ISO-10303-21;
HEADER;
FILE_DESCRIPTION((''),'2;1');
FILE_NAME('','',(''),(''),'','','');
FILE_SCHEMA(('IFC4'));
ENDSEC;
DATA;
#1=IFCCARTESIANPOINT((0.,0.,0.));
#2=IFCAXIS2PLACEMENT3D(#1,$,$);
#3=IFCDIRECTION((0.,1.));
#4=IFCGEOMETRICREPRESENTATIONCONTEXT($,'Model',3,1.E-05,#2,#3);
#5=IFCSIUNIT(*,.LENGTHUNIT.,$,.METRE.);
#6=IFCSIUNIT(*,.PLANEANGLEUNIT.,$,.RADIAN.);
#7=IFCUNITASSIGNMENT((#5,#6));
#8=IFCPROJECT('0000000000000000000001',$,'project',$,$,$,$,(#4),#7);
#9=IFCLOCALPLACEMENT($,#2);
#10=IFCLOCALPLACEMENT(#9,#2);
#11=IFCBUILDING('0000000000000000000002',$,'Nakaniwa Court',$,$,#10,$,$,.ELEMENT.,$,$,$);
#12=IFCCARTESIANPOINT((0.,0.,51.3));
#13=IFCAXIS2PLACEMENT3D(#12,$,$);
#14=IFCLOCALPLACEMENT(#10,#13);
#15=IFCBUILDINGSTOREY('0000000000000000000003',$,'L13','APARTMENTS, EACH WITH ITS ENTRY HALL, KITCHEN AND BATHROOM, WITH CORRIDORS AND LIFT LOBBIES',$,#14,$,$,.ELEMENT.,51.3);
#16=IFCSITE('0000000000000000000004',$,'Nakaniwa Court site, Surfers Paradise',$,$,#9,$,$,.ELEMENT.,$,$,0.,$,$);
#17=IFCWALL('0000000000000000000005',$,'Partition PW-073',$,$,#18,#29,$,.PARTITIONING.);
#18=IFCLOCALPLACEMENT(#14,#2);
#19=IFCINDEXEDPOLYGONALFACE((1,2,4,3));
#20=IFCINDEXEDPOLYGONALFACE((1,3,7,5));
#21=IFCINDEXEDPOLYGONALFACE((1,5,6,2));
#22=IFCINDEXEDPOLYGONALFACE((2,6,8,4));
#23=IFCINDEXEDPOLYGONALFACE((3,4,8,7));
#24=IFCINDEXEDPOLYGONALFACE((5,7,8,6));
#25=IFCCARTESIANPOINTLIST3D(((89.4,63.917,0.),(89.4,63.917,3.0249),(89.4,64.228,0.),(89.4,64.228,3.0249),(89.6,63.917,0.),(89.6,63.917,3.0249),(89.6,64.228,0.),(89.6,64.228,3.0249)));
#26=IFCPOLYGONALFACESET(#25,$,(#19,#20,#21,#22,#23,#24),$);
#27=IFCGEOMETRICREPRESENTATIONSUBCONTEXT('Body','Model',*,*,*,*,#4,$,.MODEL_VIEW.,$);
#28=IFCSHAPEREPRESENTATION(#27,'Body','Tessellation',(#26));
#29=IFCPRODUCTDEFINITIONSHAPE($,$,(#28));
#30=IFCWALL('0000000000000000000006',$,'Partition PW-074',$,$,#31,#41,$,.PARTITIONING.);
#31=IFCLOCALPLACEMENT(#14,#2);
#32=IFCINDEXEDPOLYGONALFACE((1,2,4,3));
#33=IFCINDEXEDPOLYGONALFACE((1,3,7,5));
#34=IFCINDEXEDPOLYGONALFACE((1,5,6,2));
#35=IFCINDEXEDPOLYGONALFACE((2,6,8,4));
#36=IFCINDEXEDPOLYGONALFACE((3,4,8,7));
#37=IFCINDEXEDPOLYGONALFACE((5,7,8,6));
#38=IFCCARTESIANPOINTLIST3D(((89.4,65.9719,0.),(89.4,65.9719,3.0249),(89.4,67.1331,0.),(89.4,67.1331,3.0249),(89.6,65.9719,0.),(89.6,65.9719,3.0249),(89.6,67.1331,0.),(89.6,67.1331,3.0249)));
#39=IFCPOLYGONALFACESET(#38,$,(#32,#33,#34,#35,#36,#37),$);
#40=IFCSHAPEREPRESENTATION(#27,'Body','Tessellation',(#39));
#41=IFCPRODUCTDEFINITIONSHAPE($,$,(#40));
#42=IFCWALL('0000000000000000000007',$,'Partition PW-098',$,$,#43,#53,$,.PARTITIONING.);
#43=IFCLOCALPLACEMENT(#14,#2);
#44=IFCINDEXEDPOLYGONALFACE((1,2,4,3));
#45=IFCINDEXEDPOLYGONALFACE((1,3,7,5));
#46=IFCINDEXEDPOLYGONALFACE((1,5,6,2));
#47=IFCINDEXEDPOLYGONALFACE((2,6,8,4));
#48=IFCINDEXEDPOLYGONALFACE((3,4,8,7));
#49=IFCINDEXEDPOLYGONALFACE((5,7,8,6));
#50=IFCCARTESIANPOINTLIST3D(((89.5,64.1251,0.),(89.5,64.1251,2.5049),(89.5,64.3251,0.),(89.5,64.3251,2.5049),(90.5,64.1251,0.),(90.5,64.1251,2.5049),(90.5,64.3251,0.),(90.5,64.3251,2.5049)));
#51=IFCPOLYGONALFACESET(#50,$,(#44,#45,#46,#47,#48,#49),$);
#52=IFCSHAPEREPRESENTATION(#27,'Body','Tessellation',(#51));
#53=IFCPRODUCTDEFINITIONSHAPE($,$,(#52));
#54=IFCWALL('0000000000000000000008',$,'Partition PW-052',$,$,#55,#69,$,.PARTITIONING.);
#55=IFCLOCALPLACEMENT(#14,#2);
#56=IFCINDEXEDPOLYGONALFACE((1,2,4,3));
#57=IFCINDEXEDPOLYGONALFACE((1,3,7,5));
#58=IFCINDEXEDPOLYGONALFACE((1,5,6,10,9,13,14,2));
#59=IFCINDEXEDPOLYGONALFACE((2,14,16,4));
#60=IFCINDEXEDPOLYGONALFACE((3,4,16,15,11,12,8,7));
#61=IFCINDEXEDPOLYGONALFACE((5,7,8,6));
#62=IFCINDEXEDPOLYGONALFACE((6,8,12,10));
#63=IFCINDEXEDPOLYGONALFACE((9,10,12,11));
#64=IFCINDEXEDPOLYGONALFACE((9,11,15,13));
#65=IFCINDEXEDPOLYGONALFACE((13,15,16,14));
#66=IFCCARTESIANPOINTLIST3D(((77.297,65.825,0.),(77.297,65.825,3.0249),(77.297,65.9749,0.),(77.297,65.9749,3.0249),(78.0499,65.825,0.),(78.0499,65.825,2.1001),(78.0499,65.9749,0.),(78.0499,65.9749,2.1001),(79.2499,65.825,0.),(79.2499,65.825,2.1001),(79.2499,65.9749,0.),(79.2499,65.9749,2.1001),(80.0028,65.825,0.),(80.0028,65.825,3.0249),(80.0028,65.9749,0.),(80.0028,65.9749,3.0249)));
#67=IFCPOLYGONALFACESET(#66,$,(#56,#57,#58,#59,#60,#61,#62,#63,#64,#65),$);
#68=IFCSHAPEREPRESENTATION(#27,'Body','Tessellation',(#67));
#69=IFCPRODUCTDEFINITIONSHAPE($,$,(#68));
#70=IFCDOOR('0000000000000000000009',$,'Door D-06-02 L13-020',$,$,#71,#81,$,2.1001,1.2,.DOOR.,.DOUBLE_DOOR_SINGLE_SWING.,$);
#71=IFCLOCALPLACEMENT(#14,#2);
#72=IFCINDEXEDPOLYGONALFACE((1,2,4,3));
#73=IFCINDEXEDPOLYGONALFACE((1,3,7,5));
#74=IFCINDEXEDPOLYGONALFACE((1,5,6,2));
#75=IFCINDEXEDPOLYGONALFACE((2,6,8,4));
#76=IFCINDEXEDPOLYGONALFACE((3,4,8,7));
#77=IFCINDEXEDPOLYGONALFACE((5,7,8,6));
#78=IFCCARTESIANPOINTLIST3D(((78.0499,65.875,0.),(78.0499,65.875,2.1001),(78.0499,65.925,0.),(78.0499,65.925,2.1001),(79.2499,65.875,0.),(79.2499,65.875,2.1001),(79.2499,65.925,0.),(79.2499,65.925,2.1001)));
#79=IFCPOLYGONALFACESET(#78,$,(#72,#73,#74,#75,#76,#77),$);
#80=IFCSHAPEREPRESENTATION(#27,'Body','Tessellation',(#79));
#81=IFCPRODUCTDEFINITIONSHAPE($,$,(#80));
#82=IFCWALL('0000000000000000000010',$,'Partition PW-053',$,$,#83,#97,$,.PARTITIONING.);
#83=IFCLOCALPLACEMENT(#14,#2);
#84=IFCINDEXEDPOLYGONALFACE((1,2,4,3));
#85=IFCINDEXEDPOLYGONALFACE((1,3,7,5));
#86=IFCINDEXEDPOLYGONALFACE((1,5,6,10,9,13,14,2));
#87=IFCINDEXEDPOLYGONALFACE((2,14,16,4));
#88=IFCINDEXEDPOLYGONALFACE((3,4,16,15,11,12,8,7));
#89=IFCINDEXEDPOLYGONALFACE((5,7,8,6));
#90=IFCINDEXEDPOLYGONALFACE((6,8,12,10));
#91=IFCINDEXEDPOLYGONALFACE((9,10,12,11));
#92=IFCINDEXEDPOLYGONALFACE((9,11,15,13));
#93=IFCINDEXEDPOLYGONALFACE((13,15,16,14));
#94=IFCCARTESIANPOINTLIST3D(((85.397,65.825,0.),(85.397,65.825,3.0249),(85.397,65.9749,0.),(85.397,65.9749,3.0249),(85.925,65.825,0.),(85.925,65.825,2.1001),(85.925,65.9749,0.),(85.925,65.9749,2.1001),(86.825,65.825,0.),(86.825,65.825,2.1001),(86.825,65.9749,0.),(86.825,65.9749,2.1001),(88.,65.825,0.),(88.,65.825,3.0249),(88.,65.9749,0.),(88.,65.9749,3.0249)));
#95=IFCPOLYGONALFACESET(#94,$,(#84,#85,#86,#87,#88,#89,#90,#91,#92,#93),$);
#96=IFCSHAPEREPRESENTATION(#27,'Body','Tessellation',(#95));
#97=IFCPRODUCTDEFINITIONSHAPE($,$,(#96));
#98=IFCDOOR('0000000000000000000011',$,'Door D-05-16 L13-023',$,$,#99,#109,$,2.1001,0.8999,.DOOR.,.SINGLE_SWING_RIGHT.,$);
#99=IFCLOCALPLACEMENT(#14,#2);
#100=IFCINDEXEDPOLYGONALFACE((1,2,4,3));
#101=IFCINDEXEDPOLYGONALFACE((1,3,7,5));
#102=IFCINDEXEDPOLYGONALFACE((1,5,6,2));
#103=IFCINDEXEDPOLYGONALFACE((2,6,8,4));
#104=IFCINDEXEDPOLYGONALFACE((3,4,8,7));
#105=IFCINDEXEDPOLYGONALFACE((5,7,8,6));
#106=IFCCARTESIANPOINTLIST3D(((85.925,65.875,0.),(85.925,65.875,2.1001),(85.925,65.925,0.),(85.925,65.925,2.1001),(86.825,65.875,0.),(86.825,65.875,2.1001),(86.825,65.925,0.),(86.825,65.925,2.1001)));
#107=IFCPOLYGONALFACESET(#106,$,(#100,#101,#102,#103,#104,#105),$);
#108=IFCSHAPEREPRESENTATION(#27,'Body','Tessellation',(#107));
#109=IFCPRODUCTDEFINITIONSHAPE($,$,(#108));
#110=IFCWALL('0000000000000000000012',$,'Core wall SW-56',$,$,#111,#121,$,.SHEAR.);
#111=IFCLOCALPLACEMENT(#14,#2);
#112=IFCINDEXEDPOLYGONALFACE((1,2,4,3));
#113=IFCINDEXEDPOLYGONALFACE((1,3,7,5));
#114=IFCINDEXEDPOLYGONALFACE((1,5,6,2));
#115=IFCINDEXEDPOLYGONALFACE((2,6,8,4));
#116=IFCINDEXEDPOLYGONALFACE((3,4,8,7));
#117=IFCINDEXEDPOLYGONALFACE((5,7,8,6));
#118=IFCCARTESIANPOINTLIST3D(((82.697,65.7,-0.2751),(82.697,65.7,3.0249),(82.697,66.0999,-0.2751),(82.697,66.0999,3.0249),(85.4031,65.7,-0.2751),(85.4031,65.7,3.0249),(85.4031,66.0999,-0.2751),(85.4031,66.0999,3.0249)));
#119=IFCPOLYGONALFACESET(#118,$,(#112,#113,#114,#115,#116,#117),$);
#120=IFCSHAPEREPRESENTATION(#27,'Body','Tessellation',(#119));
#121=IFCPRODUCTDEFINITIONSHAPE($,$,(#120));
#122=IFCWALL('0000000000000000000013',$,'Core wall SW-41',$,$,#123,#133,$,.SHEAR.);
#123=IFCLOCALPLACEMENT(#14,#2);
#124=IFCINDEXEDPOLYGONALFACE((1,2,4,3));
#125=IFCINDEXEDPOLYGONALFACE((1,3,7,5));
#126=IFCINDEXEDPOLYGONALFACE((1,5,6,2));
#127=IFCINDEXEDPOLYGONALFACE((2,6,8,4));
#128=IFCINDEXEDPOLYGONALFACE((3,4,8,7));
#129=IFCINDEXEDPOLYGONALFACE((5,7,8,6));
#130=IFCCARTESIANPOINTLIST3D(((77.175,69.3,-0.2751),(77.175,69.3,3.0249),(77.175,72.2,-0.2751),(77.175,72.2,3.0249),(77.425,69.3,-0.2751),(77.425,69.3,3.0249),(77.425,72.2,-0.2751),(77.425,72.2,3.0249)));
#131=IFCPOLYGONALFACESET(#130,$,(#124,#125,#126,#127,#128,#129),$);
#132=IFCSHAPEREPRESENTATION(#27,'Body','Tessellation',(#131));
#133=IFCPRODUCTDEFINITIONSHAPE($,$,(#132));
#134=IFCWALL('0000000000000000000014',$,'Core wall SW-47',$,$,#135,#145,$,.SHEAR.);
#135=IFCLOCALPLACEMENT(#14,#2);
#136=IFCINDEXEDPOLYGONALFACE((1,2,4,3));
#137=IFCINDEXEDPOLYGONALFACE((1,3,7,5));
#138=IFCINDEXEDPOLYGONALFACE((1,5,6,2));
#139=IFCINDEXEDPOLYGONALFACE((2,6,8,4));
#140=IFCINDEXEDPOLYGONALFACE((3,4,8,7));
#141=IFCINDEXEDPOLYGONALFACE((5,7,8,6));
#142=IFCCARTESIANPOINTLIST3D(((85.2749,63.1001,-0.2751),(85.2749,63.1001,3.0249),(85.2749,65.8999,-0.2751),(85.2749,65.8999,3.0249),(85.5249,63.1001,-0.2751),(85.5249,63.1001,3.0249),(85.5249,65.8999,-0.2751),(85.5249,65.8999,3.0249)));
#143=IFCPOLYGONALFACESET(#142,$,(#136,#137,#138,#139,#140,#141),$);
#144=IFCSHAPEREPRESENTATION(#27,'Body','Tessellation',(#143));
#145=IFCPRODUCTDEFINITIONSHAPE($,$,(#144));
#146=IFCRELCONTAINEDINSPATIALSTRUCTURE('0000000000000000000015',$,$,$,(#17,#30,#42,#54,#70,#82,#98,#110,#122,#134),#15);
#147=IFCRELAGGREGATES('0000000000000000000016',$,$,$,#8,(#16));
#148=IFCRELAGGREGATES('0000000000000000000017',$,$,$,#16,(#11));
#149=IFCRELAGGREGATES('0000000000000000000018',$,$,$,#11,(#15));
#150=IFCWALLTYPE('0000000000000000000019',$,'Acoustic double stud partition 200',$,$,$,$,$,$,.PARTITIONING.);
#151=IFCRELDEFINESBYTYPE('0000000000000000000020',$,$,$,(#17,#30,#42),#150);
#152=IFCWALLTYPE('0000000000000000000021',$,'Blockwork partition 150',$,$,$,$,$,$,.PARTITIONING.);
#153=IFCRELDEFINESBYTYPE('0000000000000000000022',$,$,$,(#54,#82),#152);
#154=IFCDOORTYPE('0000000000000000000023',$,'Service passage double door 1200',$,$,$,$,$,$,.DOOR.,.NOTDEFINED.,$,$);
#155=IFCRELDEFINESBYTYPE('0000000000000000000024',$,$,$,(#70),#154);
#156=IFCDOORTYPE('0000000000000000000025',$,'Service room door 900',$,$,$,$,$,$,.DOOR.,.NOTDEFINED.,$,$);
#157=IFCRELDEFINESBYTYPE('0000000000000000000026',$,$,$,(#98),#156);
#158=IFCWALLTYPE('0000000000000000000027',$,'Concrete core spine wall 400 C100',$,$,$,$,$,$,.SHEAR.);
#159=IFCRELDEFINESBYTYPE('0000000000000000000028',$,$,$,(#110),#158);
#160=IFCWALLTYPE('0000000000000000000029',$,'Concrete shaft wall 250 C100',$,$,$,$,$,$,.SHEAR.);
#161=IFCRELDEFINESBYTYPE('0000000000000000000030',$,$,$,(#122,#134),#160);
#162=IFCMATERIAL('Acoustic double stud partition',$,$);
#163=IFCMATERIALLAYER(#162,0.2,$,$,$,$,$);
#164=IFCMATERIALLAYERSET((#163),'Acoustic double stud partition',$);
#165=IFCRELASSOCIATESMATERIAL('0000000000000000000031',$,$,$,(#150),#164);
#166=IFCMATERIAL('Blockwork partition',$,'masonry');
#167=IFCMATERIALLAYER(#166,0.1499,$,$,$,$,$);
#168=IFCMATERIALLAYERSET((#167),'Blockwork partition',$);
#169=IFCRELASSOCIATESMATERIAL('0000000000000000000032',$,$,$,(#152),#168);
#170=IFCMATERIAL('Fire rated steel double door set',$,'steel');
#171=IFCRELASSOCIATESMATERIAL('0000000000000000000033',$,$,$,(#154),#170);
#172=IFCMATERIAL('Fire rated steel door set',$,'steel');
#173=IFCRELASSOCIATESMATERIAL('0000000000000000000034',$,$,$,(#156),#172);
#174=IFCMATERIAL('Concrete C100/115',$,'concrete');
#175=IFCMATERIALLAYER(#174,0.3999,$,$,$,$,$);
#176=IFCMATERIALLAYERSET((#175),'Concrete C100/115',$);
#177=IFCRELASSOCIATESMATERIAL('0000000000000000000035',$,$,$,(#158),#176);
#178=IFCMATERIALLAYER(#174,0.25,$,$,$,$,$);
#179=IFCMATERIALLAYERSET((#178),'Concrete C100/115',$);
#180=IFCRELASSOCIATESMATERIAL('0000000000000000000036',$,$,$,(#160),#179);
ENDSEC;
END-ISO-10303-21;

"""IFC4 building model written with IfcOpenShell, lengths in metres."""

from ifc_helpers import new_model, si_unit, direction, frame, frame_2d, origin, place, context, subcontext, project, spatial, rectangle, extrude, material, layer, layer_set, type_object, element, fill, save


model = new_model("IFC4")

# Units and contexts
model_context = context("Model", 3, precision=1e-05, world=origin(), true_north=direction((0.0, 1.0)))
body_context = subcontext(model_context, "Body", "Model", "MODEL_VIEW")
ifc_project = project(units=[si_unit("LENGTHUNIT", "METRE"), si_unit("PLANEANGLEUNIT", "RADIAN")], contexts=[model_context])

# Site, building, storey
site_placement = place(None, origin())
site = spatial("IfcSite", under=ifc_project, at=site_placement, Name="Nakaniwa Court site, Surfers Paradise", CompositionType="ELEMENT", RefElevation=0.0)
building_placement = place(site_placement, origin())
building = spatial("IfcBuilding", under=site, at=building_placement, Name="Nakaniwa Court", CompositionType="ELEMENT")
storey_placement = place(building_placement, frame((0.0, 0.0, 51.3)))
storey = spatial("IfcBuildingStorey", under=building, at=storey_placement, Name="L13", Description="APARTMENTS, EACH WITH ITS ENTRY HALL, KITCHEN AND BATHROOM, WITH CORRIDORS AND LIFT LOBBIES", CompositionType="ELEMENT", Elevation=51.3)

# Walls
ifc_material_1 = material(Name="Acoustic double stud partition")
ifc_layer_1 = layer(ifc_material_1, 0.2)
ifc_layer_set_1 = layer_set([ifc_layer_1], Name="Acoustic double stud partition")
wall_type_1 = type_object("IfcWallType", Name="Acoustic double stud partition 200", PredefinedType="PARTITIONING", material=ifc_layer_set_1)
wall_1_placement = place(storey_placement, frame((89.5, 63.917, 0.0), z_axis=(0.0, 0.0, 1.0), x_axis=(0.0, 1.0, 0.0)))
element("IfcWall", 1, at=wall_1_placement, inside=storey, type_object=wall_type_1, Name="Partition PW-073", PredefinedType="PARTITIONING", context=body_context, shape_type="SweptSolid", body=[
    extrude(rectangle(XDim=0.311, YDim=0.2, at=frame_2d((0.1555, 0.0))), origin(), (0.0, 0.0, 1.0), 3.0249),
])
wall_2_placement = place(storey_placement, frame((89.5, 65.9719, 0.0), z_axis=(0.0, 0.0, 1.0), x_axis=(0.0, 1.0, 0.0)))
element("IfcWall", 2, at=wall_2_placement, inside=storey, type_object=wall_type_1, Name="Partition PW-074", PredefinedType="PARTITIONING", context=body_context, shape_type="SweptSolid", body=[
    extrude(rectangle(XDim=1.1611, YDim=0.2, at=frame_2d((0.5806, 0.0))), origin(), (0.0, 0.0, 1.0), 3.0249),
])
wall_3_placement = place(storey_placement, frame((89.5, 64.2251, 0.0), z_axis=(0.0, 0.0, 1.0), x_axis=(1.0, 0.0, 0.0)))
element("IfcWall", 3, at=wall_3_placement, inside=storey, type_object=wall_type_1, Name="Partition PW-098", PredefinedType="PARTITIONING", context=body_context, shape_type="SweptSolid", body=[
    extrude(rectangle(XDim=1.0, YDim=0.2, at=frame_2d((0.5, 0.0))), origin(), (0.0, 0.0, 1.0), 2.5049),
])

# Walls, openings, doors
ifc_material_2 = material(Name="Blockwork partition", Category="masonry")
ifc_layer_2 = layer(ifc_material_2, 0.1499)
ifc_layer_set_2 = layer_set([ifc_layer_2], Name="Blockwork partition")
wall_type_2 = type_object("IfcWallType", Name="Blockwork partition 150", PredefinedType="PARTITIONING", material=ifc_layer_set_2)
wall_4_placement = place(storey_placement, frame((80.0029, 65.8999, 0.0), z_axis=(0.0, 0.0, 1.0), x_axis=(-1.0, 0.0, 0.0)))
wall_4 = element("IfcWall", 4, at=wall_4_placement, inside=storey, type_object=wall_type_2, Name="Partition PW-052", PredefinedType="PARTITIONING", context=body_context, shape_type="SweptSolid", body=[
    extrude(rectangle(XDim=2.7058, YDim=0.1499, at=frame_2d((1.353, 0.0))), origin(), (0.0, 0.0, 1.0), 3.0249),
])
opening_1_placement = place(wall_4_placement, frame((0.7529, 0.0, 0.0)))
opening_1 = element("IfcOpeningElement", 5, at=opening_1_placement, cuts=wall_4, PredefinedType="OPENING", context=body_context, shape_type="SweptSolid", body=[
    extrude(rectangle(XDim=1.2, YDim=2.1001, at=frame_2d((0.6001, 1.05))), frame((0.0, 0.085, 0.0), z_axis=(0.0, -1.0, 0.0), x_axis=(1.0, 0.0, 0.0)), (0.0, 0.0, 1.0), 0.1699),
])
ifc_material_3 = material(Name="Fire rated steel double door set", Category="steel")
door_type_1 = type_object("IfcDoorType", Name="Service passage double door 1200", OperationType="NOTDEFINED", PredefinedType="DOOR", material=ifc_material_3)
door_1_placement = place(opening_1_placement, origin())
door_1 = element("IfcDoor", 6, at=door_1_placement, inside=storey, type_object=door_type_1, Name="Door D-06-02 L13-020", OperationType="DOUBLE_DOOR_SINGLE_SWING", OverallHeight=2.1001, OverallWidth=1.2, PredefinedType="DOOR", context=body_context, shape_type="SweptSolid", body=[
    extrude(rectangle(XDim=1.2, YDim=2.1001, at=frame_2d((0.6001, 1.05))), frame((0.0, 0.0249, 0.0), z_axis=(0.0, -1.0, 0.0), x_axis=(1.0, 0.0, 0.0)), (0.0, 0.0, 1.0), 0.05),
])
fill(opening_1, door_1)
wall_5_placement = place(storey_placement, frame((88.0, 65.8999, 0.0), z_axis=(0.0, 0.0, 1.0), x_axis=(-1.0, 0.0, 0.0)))
wall_5 = element("IfcWall", 7, at=wall_5_placement, inside=storey, type_object=wall_type_2, Name="Partition PW-053", PredefinedType="PARTITIONING", context=body_context, shape_type="SweptSolid", body=[
    extrude(rectangle(XDim=2.603, YDim=0.1499, at=frame_2d((1.3015, 0.0))), origin(), (0.0, 0.0, 1.0), 3.0249),
])
opening_2_placement = place(wall_5_placement, frame((1.175, 0.0, 0.0)))
opening_2 = element("IfcOpeningElement", 8, at=opening_2_placement, cuts=wall_5, PredefinedType="OPENING", context=body_context, shape_type="SweptSolid", body=[
    extrude(rectangle(XDim=0.8999, YDim=2.1001, at=frame_2d((0.45, 1.05))), frame((0.0, 0.085, 0.0), z_axis=(0.0, -1.0, 0.0), x_axis=(1.0, 0.0, 0.0)), (0.0, 0.0, 1.0), 0.1699),
])
ifc_material_4 = material(Name="Fire rated steel door set", Category="steel")
door_type_2 = type_object("IfcDoorType", Name="Service room door 900", OperationType="NOTDEFINED", PredefinedType="DOOR", material=ifc_material_4)
door_2_placement = place(opening_2_placement, origin())
door_2 = element("IfcDoor", 9, at=door_2_placement, inside=storey, type_object=door_type_2, Name="Door D-05-16 L13-023", OperationType="SINGLE_SWING_RIGHT", OverallHeight=2.1001, OverallWidth=0.8999, PredefinedType="DOOR", context=body_context, shape_type="SweptSolid", body=[
    extrude(rectangle(XDim=0.8999, YDim=2.1001, at=frame_2d((0.45, 1.05))), frame((0.0, 0.0249, 0.0), z_axis=(0.0, -1.0, 0.0), x_axis=(1.0, 0.0, 0.0)), (0.0, 0.0, 1.0), 0.05),
])
fill(opening_2, door_2)

# Walls
ifc_material_5 = material(Name="Concrete C100/115", Category="concrete")
ifc_layer_3 = layer(ifc_material_5, 0.3999)
ifc_layer_set_3 = layer_set([ifc_layer_3], Name="Concrete C100/115")
wall_type_3 = type_object("IfcWallType", Name="Concrete core spine wall 400 C100", PredefinedType="SHEAR", material=ifc_layer_set_3)
wall_6_placement = place(storey_placement, frame((82.697, 65.8999, -0.2751), z_axis=(0.0, 0.0, 1.0), x_axis=(1.0, 0.0, 0.0)))
element("IfcWall", 10, at=wall_6_placement, inside=storey, type_object=wall_type_3, Name="Core wall SW-56", PredefinedType="SHEAR", context=body_context, shape_type="SweptSolid", body=[
    extrude(rectangle(XDim=2.7061, YDim=0.3999, at=frame_2d((1.353, 0.0))), origin(), (0.0, 0.0, 1.0), 3.3),
])
ifc_layer_4 = layer(ifc_material_5, 0.25)
ifc_layer_set_4 = layer_set([ifc_layer_4], Name="Concrete C100/115")
wall_type_4 = type_object("IfcWallType", Name="Concrete shaft wall 250 C100", PredefinedType="SHEAR", material=ifc_layer_set_4)
wall_7_placement = place(storey_placement, frame((77.3, 69.3, -0.2751), z_axis=(0.0, 0.0, 1.0), x_axis=(0.0, 1.0, 0.0)))
element("IfcWall", 11, at=wall_7_placement, inside=storey, type_object=wall_type_4, Name="Core wall SW-41", PredefinedType="SHEAR", context=body_context, shape_type="SweptSolid", body=[
    extrude(rectangle(XDim=2.8999, YDim=0.25, at=frame_2d((1.45, 0.0))), origin(), (0.0, 0.0, 1.0), 3.3),
])
wall_8_placement = place(storey_placement, frame((85.3999, 63.1001, -0.2751), z_axis=(0.0, 0.0, 1.0), x_axis=(0.0, 1.0, 0.0)))
element("IfcWall", 12, at=wall_8_placement, inside=storey, type_object=wall_type_4, Name="Core wall SW-47", PredefinedType="SHEAR", context=body_context, shape_type="SweptSolid", body=[
    extrude(rectangle(XDim=2.7998, YDim=0.25, at=frame_2d((1.3999, 0.0))), origin(), (0.0, 0.0, 1.0), 3.3),
])

save(model, "model.ifc")
